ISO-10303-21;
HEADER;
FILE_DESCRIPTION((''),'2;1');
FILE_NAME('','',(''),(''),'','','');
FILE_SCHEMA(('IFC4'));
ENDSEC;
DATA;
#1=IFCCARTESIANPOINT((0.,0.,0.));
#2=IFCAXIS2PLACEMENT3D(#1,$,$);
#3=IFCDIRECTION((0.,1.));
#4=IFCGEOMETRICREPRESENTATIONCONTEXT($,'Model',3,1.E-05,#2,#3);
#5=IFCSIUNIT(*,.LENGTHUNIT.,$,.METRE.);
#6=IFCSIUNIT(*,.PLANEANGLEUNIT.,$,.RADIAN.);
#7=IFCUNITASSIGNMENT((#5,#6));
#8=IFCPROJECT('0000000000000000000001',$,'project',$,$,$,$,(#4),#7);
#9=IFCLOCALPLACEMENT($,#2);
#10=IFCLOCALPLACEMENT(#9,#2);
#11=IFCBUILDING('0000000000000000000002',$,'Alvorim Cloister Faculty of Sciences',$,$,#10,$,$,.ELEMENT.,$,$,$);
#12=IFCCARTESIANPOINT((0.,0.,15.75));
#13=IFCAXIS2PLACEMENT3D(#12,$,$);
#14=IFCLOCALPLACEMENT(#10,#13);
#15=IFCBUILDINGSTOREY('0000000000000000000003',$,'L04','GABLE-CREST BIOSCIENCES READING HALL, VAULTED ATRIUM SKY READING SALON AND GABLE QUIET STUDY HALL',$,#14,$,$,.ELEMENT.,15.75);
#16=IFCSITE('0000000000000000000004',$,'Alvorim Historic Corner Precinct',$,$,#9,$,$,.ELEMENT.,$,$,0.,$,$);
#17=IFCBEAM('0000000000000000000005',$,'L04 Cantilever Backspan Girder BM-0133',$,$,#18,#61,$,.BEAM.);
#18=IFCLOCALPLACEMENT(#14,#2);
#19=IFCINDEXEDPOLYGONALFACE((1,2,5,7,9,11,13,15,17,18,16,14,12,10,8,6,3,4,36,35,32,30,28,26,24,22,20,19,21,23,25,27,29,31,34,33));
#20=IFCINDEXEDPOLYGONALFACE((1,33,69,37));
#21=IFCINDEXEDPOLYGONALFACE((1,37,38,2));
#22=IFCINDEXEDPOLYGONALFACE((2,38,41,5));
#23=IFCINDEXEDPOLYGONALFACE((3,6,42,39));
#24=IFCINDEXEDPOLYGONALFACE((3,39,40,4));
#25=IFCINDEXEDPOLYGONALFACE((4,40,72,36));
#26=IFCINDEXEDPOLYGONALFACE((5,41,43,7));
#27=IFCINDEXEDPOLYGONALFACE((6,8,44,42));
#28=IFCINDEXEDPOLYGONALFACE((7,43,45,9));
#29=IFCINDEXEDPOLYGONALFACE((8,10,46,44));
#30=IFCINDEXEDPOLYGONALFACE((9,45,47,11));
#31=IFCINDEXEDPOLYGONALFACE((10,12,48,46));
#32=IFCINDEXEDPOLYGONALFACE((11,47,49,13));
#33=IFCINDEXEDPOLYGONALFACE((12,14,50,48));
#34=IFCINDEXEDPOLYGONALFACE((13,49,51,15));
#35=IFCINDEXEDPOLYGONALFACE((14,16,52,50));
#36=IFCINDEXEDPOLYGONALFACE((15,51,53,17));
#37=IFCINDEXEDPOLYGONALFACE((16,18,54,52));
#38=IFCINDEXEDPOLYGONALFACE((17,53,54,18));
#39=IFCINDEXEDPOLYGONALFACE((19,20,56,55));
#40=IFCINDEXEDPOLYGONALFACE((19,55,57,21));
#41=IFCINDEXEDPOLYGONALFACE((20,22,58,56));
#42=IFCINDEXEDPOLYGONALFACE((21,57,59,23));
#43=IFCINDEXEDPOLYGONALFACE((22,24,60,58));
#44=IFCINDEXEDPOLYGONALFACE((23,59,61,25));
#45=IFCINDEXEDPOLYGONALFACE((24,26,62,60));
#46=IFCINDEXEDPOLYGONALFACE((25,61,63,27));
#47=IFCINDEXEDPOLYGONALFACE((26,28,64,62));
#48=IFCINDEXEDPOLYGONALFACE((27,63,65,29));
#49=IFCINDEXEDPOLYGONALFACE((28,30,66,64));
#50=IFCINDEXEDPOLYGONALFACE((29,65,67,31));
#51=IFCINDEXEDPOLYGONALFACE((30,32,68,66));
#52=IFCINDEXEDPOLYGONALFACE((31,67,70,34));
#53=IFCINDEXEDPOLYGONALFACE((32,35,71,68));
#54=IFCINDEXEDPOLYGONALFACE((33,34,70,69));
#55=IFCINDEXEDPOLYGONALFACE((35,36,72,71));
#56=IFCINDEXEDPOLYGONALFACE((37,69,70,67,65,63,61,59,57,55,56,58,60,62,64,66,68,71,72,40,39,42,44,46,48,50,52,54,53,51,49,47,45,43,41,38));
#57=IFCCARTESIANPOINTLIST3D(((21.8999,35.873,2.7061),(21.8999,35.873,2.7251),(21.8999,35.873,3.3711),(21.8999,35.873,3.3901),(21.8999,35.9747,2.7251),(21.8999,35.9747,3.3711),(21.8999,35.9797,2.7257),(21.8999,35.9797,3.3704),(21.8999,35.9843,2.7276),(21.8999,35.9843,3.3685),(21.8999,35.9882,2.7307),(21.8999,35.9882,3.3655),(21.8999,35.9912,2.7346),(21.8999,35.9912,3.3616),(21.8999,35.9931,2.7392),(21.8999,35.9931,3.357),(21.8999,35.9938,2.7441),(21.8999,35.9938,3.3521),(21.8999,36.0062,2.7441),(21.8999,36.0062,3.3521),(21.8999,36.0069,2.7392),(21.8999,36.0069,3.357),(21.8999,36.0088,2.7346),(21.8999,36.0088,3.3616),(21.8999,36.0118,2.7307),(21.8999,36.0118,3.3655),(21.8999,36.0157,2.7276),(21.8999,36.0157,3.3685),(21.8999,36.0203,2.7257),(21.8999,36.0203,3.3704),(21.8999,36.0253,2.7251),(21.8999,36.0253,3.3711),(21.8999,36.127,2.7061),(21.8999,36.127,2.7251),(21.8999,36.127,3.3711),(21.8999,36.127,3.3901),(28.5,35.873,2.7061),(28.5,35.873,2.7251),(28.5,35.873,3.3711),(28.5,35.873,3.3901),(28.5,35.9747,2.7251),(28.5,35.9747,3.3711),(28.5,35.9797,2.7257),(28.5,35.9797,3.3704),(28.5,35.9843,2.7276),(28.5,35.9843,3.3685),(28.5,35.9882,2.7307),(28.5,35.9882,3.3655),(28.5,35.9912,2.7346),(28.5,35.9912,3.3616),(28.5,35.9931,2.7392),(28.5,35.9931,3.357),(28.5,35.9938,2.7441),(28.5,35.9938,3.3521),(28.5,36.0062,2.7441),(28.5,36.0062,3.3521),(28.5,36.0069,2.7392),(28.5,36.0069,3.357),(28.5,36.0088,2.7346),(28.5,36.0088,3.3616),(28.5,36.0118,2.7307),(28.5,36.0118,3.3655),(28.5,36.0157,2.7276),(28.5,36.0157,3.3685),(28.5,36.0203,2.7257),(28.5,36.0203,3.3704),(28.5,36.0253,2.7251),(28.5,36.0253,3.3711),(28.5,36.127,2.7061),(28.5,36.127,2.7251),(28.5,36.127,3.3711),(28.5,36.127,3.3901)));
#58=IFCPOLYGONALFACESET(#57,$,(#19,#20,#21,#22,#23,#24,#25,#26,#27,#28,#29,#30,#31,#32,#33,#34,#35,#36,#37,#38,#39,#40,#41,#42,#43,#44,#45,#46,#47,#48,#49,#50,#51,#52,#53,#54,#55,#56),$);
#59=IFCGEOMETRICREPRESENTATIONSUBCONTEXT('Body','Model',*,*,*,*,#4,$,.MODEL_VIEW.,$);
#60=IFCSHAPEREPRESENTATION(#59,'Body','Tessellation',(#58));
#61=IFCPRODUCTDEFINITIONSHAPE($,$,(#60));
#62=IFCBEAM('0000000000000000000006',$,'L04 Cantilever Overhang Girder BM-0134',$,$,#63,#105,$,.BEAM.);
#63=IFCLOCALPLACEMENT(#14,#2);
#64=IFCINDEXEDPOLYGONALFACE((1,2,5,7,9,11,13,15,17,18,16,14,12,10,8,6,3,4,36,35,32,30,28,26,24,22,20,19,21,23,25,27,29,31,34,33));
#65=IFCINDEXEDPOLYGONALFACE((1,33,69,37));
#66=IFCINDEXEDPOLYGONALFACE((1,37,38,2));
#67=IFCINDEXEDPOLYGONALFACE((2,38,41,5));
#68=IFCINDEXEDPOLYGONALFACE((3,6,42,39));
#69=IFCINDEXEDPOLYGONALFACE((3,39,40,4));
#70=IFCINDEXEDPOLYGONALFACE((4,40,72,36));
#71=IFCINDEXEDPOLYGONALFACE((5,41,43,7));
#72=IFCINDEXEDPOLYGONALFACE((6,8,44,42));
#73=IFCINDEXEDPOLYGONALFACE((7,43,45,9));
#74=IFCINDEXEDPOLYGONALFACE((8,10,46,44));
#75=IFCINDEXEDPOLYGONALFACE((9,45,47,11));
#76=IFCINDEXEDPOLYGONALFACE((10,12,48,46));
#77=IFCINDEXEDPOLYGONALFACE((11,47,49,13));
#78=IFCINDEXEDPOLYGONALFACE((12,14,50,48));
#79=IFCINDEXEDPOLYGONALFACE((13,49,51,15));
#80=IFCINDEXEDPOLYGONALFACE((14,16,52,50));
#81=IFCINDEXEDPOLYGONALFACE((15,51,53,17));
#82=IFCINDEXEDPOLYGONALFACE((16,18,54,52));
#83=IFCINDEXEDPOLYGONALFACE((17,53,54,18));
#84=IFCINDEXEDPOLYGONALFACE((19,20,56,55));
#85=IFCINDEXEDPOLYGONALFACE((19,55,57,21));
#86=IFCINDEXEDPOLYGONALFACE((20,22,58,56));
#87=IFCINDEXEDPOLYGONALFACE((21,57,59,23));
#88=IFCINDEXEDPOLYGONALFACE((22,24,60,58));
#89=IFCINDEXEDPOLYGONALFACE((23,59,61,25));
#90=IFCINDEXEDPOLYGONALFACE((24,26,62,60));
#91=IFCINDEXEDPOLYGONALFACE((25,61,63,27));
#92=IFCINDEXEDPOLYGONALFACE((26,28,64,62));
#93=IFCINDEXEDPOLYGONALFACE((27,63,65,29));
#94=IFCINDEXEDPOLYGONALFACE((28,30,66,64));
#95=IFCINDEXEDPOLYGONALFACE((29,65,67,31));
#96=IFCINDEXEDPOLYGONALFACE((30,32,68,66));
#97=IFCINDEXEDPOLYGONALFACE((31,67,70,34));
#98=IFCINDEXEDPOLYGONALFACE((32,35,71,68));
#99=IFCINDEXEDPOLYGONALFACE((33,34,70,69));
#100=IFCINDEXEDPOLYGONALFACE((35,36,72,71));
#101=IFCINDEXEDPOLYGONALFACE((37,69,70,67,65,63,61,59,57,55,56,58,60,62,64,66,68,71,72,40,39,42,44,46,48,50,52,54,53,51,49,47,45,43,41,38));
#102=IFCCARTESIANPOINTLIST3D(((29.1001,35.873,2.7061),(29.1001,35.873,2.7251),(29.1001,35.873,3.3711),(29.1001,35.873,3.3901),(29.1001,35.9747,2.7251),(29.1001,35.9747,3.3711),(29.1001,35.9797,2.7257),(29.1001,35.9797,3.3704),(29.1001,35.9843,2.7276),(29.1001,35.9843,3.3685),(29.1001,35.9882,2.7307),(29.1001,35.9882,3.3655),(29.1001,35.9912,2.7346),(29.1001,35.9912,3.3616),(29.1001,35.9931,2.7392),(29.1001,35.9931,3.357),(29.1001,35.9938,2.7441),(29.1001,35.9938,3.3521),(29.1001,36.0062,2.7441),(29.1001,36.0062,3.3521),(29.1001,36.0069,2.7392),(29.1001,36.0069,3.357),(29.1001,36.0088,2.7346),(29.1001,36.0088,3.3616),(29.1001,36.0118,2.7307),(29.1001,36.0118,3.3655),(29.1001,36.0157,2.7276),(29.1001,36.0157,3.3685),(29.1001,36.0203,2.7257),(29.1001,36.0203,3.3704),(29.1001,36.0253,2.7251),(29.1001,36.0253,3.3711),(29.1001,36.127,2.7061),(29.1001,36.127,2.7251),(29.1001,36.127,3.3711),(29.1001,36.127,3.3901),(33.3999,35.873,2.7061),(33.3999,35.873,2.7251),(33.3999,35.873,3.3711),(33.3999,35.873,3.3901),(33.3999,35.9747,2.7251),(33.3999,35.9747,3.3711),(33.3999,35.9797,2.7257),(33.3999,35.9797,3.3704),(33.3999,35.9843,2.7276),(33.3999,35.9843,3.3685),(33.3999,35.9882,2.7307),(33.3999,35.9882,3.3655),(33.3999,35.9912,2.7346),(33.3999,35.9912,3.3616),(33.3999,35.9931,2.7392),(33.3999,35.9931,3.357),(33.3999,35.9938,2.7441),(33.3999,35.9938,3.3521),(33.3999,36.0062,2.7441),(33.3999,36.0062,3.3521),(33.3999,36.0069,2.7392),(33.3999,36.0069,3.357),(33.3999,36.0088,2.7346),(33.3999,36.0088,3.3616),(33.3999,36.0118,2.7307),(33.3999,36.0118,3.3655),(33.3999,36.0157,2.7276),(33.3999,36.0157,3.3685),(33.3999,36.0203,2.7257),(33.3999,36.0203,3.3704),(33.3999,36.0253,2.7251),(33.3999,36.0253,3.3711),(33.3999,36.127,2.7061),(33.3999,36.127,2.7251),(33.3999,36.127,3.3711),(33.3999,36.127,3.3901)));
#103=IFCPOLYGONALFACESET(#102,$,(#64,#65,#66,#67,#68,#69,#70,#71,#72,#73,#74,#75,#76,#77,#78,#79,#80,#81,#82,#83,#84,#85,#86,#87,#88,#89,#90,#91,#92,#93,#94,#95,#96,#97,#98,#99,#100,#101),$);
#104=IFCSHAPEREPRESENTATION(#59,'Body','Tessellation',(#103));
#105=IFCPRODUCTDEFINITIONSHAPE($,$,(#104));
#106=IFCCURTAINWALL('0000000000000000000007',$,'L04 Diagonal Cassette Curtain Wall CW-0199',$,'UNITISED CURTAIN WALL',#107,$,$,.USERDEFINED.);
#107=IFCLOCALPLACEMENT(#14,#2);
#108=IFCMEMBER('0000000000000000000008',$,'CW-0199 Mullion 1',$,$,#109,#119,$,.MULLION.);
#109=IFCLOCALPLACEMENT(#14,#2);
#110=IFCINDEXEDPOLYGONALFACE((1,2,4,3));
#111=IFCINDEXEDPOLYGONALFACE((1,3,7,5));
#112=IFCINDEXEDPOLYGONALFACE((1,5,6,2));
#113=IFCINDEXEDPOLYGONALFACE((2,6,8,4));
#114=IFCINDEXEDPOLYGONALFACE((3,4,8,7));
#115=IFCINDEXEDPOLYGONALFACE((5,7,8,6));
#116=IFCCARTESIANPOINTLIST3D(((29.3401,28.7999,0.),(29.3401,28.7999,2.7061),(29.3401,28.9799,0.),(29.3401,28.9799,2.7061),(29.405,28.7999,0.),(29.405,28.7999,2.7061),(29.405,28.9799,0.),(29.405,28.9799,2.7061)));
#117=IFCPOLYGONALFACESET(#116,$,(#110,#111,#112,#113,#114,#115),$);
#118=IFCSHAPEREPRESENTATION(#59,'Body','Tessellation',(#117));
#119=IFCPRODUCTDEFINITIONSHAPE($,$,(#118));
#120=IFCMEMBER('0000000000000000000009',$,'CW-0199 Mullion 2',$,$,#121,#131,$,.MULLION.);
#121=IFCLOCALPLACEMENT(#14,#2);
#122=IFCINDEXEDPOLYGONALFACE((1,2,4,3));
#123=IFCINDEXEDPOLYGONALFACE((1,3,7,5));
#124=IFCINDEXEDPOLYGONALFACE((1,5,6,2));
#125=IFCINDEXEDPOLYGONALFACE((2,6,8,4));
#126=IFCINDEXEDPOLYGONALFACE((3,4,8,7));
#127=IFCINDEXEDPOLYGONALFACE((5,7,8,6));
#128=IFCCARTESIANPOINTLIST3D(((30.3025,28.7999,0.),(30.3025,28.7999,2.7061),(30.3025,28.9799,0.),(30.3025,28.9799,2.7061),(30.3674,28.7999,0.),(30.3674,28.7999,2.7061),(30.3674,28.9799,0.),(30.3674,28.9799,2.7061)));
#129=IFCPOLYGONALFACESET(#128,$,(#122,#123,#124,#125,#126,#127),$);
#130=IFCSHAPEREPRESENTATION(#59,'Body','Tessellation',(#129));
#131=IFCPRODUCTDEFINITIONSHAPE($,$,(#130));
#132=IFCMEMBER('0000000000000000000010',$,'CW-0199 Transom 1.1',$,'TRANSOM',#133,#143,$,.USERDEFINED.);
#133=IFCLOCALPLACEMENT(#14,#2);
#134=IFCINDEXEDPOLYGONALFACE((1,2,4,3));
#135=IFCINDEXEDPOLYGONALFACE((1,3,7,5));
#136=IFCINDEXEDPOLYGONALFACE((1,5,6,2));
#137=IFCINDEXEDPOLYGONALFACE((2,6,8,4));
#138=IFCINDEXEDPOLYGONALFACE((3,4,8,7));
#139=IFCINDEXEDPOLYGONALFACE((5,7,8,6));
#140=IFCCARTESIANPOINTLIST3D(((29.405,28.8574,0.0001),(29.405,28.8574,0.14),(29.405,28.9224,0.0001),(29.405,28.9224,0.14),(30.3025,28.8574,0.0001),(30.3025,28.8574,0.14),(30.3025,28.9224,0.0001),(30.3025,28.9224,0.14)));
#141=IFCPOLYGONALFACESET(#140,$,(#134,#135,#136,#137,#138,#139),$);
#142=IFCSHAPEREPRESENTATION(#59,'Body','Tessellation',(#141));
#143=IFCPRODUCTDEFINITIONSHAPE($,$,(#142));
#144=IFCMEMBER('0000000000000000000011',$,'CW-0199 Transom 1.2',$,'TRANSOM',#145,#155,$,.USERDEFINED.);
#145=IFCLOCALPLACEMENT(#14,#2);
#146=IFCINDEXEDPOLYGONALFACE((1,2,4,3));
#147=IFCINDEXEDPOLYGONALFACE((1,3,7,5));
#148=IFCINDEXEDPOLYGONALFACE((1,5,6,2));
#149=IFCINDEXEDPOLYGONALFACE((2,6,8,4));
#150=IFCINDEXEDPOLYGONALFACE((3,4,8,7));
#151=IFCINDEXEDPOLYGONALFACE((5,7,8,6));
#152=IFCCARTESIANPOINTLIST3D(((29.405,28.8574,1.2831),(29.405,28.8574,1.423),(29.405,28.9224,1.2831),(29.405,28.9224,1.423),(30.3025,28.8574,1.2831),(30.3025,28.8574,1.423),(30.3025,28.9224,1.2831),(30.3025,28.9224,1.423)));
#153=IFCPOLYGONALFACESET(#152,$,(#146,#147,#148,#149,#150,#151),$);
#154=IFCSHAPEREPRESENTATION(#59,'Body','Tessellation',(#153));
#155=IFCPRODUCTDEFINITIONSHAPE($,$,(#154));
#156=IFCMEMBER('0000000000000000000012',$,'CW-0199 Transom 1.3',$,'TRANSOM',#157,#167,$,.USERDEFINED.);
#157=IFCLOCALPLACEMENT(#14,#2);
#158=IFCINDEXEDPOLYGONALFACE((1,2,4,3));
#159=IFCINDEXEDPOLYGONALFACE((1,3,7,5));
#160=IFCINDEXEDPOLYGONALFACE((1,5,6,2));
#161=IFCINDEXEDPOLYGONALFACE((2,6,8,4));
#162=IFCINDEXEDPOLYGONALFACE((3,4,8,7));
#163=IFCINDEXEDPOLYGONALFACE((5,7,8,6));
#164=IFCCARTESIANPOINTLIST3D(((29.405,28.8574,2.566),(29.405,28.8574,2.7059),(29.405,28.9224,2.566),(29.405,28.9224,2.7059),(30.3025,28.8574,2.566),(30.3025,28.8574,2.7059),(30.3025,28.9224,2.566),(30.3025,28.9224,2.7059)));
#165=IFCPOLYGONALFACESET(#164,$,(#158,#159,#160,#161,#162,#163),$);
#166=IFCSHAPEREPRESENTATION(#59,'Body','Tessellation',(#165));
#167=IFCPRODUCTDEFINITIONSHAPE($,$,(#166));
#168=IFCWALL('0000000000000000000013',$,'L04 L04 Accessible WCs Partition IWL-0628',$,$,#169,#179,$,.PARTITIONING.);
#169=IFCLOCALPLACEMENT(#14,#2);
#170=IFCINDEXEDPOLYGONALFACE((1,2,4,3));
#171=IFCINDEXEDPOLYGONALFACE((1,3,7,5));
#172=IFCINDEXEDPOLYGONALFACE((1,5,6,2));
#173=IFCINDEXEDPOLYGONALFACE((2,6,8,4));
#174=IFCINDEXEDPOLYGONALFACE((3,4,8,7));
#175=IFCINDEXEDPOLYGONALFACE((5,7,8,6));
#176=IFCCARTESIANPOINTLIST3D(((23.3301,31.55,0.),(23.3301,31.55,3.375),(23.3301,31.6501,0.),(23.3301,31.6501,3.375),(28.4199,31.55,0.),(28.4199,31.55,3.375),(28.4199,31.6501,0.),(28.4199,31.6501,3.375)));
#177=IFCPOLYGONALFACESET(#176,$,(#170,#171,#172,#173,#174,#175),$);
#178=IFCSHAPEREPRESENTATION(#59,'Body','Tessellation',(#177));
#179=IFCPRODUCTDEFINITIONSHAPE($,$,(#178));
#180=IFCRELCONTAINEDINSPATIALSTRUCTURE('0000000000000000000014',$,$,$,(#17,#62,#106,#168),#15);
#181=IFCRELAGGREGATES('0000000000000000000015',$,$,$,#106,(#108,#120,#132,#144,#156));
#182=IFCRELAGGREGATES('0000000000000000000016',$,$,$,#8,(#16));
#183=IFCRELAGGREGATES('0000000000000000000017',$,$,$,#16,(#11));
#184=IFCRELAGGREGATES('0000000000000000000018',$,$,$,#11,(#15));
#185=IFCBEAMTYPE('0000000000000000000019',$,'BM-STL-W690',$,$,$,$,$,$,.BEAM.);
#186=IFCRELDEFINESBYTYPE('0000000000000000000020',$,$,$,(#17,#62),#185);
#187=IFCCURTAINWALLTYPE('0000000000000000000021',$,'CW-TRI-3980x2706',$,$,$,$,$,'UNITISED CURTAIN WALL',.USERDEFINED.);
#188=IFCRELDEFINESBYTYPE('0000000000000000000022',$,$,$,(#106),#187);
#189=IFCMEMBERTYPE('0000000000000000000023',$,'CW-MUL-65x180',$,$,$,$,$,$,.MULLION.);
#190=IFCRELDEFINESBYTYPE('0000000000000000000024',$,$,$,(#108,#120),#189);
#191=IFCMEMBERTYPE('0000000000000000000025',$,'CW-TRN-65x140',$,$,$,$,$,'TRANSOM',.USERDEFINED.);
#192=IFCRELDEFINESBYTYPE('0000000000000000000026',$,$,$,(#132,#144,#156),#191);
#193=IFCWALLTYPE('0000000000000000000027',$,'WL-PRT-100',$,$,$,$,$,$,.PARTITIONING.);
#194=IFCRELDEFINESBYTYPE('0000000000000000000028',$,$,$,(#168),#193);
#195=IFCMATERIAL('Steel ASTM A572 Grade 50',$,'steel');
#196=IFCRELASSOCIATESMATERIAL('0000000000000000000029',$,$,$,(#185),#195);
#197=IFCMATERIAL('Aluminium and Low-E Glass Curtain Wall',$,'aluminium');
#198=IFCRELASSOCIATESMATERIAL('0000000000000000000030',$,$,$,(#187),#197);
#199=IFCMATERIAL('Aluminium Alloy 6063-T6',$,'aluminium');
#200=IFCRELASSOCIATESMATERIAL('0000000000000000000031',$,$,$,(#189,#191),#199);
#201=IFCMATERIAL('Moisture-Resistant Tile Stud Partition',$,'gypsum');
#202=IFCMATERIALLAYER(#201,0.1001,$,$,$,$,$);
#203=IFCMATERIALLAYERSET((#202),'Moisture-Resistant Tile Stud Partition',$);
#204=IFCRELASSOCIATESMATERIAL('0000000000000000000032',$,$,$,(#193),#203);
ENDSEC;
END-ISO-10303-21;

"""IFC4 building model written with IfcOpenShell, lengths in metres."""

from ifc_helpers import new_model, si_unit, direction, frame, frame_2d, origin, origin_2d, place, context, subcontext, project, spatial, rectangle, i_section, extrude, material, layer, layer_set, material_profile, profile_set, type_object, element, aggregate, save


model = new_model("IFC4")

# Units and contexts
model_context = context("Model", 3, precision=1e-05, world=origin(), true_north=direction((0.0, 1.0)))
body_context = subcontext(model_context, "Body", "Model", "MODEL_VIEW")
ifc_project = project(units=[si_unit("LENGTHUNIT", "METRE"), si_unit("PLANEANGLEUNIT", "RADIAN")], contexts=[model_context])

# Site, building, storey
site_placement = place(None, origin())
site = spatial("IfcSite", under=ifc_project, at=site_placement, Name="Alvorim Historic Corner Precinct", CompositionType="ELEMENT", RefElevation=0.0)
building_placement = place(site_placement, origin())
building = spatial("IfcBuilding", under=site, at=building_placement, Name="Alvorim Cloister Faculty of Sciences", CompositionType="ELEMENT")
storey_placement = place(building_placement, frame((0.0, 0.0, 15.75)))
storey = spatial("IfcBuildingStorey", under=building, at=storey_placement, Name="L04", Description="GABLE-CREST BIOSCIENCES READING HALL, VAULTED ATRIUM SKY READING SALON AND GABLE QUIET STUDY HALL", CompositionType="ELEMENT", Elevation=15.75)

# Beams
ifc_material_1 = material(Name="Steel ASTM A572 Grade 50", Category="steel")
ifc_material_profile_1 = material_profile(ifc_material_1, i_section(OverallWidth=0.2539, OverallDepth=0.6841, WebThickness=0.0125, FlangeThickness=0.019, FilletRadius=0.019, at=origin_2d()), Name="W690x140.0")
ifc_profile_set_1 = profile_set([ifc_material_profile_1], Name="Steel ASTM A572 Grade 50")
beam_type_1 = type_object("IfcBeamType", Name="BM-STL-W690", PredefinedType="BEAM", material=ifc_profile_set_1)
beam_1_placement = place(storey_placement, frame((21.8999, 36.0, 3.0481), z_axis=(1.0, 0.0, 0.0), x_axis=(0.0, 1.0, 0.0)))
element("IfcBeam", 1, at=beam_1_placement, inside=storey, type_object=beam_type_1, Name="L04 Cantilever Backspan Girder BM-0133", PredefinedType="BEAM", context=body_context, shape_type="SweptSolid", body=[
    extrude(i_section(OverallWidth=0.2539, OverallDepth=0.6841, WebThickness=0.0125, FlangeThickness=0.019, FilletRadius=0.019, at=origin_2d()), origin(), (0.0, 0.0, 1.0), 6.6001),
])
beam_2_placement = place(storey_placement, frame((29.1001, 36.0, 3.0481), z_axis=(1.0, 0.0, 0.0), x_axis=(0.0, 1.0, 0.0)))
element("IfcBeam", 2, at=beam_2_placement, inside=storey, type_object=beam_type_1, Name="L04 Cantilever Overhang Girder BM-0134", PredefinedType="BEAM", context=body_context, shape_type="SweptSolid", body=[
    extrude(i_section(OverallWidth=0.2539, OverallDepth=0.6841, WebThickness=0.0125, FlangeThickness=0.019, FilletRadius=0.019, at=origin_2d()), origin(), (0.0, 0.0, 1.0), 4.2998),
])

# Curtain wall, members
ifc_material_2 = material(Name="Aluminium and Low-E Glass Curtain Wall", Category="aluminium")
curtain_wall_type = type_object("IfcCurtainWallType", Name="CW-TRI-3980x2706", ElementType="UNITISED CURTAIN WALL", PredefinedType="USERDEFINED", material=ifc_material_2)
curtain_wall_placement = place(storey_placement, origin())
curtain_wall = element("IfcCurtainWall", 3, at=curtain_wall_placement, inside=storey, type_object=curtain_wall_type, Name="L04 Diagonal Cassette Curtain Wall CW-0199", ObjectType="UNITISED CURTAIN WALL", PredefinedType="USERDEFINED")
ifc_material_3 = material(Name="Aluminium Alloy 6063-T6", Category="aluminium")
ifc_material_profile_2 = material_profile(ifc_material_3, rectangle(XDim=0.0649, YDim=0.1799, at=origin_2d()), Name="ALU-MUL-65x180")
ifc_profile_set_2 = profile_set([ifc_material_profile_2], Name="Aluminium Alloy 6063-T6")
member_type_1 = type_object("IfcMemberType", Name="CW-MUL-65x180", PredefinedType="MULLION", material=ifc_profile_set_2)
member_1_placement = place(storey_placement, frame((29.3726, 28.8899, 0.0), z_axis=(0.0, 0.0, 1.0), x_axis=(1.0, 0.0, 0.0)))
member_1 = element("IfcMember", 4, at=member_1_placement, type_object=member_type_1, Name="CW-0199 Mullion 1", PredefinedType="MULLION", context=body_context, shape_type="SweptSolid", body=[
    extrude(rectangle(XDim=0.0649, YDim=0.1799, at=origin_2d()), origin(), (0.0, 0.0, 1.0), 2.7061),
])
member_2_placement = place(storey_placement, frame((30.335, 28.8899, 0.0), z_axis=(0.0, 0.0, 1.0), x_axis=(1.0, 0.0, 0.0)))
member_2 = element("IfcMember", 5, at=member_2_placement, type_object=member_type_1, Name="CW-0199 Mullion 2", PredefinedType="MULLION", context=body_context, shape_type="SweptSolid", body=[
    extrude(rectangle(XDim=0.0649, YDim=0.1799, at=origin_2d()), origin(), (0.0, 0.0, 1.0), 2.7061),
])
ifc_material_profile_3 = material_profile(ifc_material_3, rectangle(XDim=0.0649, YDim=0.1399, at=origin_2d()), Name="ALU-TRN-65x140")
ifc_profile_set_3 = profile_set([ifc_material_profile_3], Name="Aluminium Alloy 6063-T6")
member_type_2 = type_object("IfcMemberType", Name="CW-TRN-65x140", ElementType="TRANSOM", PredefinedType="USERDEFINED", material=ifc_profile_set_3)
member_3_placement = place(storey_placement, frame((29.405, 28.8899, 0.0701), z_axis=(1.0, 0.0, 0.0), x_axis=(0.0, 1.0, 0.0)))
member_3 = element("IfcMember", 6, at=member_3_placement, type_object=member_type_2, Name="CW-0199 Transom 1.1", ObjectType="TRANSOM", PredefinedType="USERDEFINED", context=body_context, shape_type="SweptSolid", body=[
    extrude(rectangle(XDim=0.0649, YDim=0.1399, at=origin_2d()), origin(), (0.0, 0.0, 1.0), 0.8975),
])
member_4_placement = place(storey_placement, frame((29.405, 28.8899, 1.353), z_axis=(1.0, 0.0, 0.0), x_axis=(0.0, 1.0, 0.0)))
member_4 = element("IfcMember", 7, at=member_4_placement, type_object=member_type_2, Name="CW-0199 Transom 1.2", ObjectType="TRANSOM", PredefinedType="USERDEFINED", context=body_context, shape_type="SweptSolid", body=[
    extrude(rectangle(XDim=0.0649, YDim=0.1399, at=origin_2d()), origin(), (0.0, 0.0, 1.0), 0.8975),
])
member_5_placement = place(storey_placement, frame((29.405, 28.8899, 2.636), z_axis=(1.0, 0.0, 0.0), x_axis=(0.0, 1.0, 0.0)))
member_5 = element("IfcMember", 8, at=member_5_placement, type_object=member_type_2, Name="CW-0199 Transom 1.3", ObjectType="TRANSOM", PredefinedType="USERDEFINED", context=body_context, shape_type="SweptSolid", body=[
    extrude(rectangle(XDim=0.0649, YDim=0.1399, at=origin_2d()), origin(), (0.0, 0.0, 1.0), 0.8975),
])
aggregate(curtain_wall, [member_1, member_2, member_3, member_4, member_5])

# Wall
ifc_material_4 = material(Name="Moisture-Resistant Tile Stud Partition", Category="gypsum")
ifc_layer_1 = layer(ifc_material_4, 0.1001)
ifc_layer_set_1 = layer_set([ifc_layer_1], Name="Moisture-Resistant Tile Stud Partition")
wall_type_1 = type_object("IfcWallType", Name="WL-PRT-100", PredefinedType="PARTITIONING", material=ifc_layer_set_1)
wall_1_placement = place(storey_placement, frame((23.3301, 31.6001, 0.0), z_axis=(0.0, 0.0, 1.0), x_axis=(1.0, 0.0, 0.0)))
element("IfcWall", 9, at=wall_1_placement, inside=storey, type_object=wall_type_1, Name="L04 L04 Accessible WCs Partition IWL-0628", PredefinedType="PARTITIONING", context=body_context, shape_type="SweptSolid", body=[
    extrude(rectangle(XDim=5.0898, YDim=0.1001, at=frame_2d((2.5449, 0.0))), origin(), (0.0, 0.0, 1.0), 3.375),
])

save(model, "model.ifc")
